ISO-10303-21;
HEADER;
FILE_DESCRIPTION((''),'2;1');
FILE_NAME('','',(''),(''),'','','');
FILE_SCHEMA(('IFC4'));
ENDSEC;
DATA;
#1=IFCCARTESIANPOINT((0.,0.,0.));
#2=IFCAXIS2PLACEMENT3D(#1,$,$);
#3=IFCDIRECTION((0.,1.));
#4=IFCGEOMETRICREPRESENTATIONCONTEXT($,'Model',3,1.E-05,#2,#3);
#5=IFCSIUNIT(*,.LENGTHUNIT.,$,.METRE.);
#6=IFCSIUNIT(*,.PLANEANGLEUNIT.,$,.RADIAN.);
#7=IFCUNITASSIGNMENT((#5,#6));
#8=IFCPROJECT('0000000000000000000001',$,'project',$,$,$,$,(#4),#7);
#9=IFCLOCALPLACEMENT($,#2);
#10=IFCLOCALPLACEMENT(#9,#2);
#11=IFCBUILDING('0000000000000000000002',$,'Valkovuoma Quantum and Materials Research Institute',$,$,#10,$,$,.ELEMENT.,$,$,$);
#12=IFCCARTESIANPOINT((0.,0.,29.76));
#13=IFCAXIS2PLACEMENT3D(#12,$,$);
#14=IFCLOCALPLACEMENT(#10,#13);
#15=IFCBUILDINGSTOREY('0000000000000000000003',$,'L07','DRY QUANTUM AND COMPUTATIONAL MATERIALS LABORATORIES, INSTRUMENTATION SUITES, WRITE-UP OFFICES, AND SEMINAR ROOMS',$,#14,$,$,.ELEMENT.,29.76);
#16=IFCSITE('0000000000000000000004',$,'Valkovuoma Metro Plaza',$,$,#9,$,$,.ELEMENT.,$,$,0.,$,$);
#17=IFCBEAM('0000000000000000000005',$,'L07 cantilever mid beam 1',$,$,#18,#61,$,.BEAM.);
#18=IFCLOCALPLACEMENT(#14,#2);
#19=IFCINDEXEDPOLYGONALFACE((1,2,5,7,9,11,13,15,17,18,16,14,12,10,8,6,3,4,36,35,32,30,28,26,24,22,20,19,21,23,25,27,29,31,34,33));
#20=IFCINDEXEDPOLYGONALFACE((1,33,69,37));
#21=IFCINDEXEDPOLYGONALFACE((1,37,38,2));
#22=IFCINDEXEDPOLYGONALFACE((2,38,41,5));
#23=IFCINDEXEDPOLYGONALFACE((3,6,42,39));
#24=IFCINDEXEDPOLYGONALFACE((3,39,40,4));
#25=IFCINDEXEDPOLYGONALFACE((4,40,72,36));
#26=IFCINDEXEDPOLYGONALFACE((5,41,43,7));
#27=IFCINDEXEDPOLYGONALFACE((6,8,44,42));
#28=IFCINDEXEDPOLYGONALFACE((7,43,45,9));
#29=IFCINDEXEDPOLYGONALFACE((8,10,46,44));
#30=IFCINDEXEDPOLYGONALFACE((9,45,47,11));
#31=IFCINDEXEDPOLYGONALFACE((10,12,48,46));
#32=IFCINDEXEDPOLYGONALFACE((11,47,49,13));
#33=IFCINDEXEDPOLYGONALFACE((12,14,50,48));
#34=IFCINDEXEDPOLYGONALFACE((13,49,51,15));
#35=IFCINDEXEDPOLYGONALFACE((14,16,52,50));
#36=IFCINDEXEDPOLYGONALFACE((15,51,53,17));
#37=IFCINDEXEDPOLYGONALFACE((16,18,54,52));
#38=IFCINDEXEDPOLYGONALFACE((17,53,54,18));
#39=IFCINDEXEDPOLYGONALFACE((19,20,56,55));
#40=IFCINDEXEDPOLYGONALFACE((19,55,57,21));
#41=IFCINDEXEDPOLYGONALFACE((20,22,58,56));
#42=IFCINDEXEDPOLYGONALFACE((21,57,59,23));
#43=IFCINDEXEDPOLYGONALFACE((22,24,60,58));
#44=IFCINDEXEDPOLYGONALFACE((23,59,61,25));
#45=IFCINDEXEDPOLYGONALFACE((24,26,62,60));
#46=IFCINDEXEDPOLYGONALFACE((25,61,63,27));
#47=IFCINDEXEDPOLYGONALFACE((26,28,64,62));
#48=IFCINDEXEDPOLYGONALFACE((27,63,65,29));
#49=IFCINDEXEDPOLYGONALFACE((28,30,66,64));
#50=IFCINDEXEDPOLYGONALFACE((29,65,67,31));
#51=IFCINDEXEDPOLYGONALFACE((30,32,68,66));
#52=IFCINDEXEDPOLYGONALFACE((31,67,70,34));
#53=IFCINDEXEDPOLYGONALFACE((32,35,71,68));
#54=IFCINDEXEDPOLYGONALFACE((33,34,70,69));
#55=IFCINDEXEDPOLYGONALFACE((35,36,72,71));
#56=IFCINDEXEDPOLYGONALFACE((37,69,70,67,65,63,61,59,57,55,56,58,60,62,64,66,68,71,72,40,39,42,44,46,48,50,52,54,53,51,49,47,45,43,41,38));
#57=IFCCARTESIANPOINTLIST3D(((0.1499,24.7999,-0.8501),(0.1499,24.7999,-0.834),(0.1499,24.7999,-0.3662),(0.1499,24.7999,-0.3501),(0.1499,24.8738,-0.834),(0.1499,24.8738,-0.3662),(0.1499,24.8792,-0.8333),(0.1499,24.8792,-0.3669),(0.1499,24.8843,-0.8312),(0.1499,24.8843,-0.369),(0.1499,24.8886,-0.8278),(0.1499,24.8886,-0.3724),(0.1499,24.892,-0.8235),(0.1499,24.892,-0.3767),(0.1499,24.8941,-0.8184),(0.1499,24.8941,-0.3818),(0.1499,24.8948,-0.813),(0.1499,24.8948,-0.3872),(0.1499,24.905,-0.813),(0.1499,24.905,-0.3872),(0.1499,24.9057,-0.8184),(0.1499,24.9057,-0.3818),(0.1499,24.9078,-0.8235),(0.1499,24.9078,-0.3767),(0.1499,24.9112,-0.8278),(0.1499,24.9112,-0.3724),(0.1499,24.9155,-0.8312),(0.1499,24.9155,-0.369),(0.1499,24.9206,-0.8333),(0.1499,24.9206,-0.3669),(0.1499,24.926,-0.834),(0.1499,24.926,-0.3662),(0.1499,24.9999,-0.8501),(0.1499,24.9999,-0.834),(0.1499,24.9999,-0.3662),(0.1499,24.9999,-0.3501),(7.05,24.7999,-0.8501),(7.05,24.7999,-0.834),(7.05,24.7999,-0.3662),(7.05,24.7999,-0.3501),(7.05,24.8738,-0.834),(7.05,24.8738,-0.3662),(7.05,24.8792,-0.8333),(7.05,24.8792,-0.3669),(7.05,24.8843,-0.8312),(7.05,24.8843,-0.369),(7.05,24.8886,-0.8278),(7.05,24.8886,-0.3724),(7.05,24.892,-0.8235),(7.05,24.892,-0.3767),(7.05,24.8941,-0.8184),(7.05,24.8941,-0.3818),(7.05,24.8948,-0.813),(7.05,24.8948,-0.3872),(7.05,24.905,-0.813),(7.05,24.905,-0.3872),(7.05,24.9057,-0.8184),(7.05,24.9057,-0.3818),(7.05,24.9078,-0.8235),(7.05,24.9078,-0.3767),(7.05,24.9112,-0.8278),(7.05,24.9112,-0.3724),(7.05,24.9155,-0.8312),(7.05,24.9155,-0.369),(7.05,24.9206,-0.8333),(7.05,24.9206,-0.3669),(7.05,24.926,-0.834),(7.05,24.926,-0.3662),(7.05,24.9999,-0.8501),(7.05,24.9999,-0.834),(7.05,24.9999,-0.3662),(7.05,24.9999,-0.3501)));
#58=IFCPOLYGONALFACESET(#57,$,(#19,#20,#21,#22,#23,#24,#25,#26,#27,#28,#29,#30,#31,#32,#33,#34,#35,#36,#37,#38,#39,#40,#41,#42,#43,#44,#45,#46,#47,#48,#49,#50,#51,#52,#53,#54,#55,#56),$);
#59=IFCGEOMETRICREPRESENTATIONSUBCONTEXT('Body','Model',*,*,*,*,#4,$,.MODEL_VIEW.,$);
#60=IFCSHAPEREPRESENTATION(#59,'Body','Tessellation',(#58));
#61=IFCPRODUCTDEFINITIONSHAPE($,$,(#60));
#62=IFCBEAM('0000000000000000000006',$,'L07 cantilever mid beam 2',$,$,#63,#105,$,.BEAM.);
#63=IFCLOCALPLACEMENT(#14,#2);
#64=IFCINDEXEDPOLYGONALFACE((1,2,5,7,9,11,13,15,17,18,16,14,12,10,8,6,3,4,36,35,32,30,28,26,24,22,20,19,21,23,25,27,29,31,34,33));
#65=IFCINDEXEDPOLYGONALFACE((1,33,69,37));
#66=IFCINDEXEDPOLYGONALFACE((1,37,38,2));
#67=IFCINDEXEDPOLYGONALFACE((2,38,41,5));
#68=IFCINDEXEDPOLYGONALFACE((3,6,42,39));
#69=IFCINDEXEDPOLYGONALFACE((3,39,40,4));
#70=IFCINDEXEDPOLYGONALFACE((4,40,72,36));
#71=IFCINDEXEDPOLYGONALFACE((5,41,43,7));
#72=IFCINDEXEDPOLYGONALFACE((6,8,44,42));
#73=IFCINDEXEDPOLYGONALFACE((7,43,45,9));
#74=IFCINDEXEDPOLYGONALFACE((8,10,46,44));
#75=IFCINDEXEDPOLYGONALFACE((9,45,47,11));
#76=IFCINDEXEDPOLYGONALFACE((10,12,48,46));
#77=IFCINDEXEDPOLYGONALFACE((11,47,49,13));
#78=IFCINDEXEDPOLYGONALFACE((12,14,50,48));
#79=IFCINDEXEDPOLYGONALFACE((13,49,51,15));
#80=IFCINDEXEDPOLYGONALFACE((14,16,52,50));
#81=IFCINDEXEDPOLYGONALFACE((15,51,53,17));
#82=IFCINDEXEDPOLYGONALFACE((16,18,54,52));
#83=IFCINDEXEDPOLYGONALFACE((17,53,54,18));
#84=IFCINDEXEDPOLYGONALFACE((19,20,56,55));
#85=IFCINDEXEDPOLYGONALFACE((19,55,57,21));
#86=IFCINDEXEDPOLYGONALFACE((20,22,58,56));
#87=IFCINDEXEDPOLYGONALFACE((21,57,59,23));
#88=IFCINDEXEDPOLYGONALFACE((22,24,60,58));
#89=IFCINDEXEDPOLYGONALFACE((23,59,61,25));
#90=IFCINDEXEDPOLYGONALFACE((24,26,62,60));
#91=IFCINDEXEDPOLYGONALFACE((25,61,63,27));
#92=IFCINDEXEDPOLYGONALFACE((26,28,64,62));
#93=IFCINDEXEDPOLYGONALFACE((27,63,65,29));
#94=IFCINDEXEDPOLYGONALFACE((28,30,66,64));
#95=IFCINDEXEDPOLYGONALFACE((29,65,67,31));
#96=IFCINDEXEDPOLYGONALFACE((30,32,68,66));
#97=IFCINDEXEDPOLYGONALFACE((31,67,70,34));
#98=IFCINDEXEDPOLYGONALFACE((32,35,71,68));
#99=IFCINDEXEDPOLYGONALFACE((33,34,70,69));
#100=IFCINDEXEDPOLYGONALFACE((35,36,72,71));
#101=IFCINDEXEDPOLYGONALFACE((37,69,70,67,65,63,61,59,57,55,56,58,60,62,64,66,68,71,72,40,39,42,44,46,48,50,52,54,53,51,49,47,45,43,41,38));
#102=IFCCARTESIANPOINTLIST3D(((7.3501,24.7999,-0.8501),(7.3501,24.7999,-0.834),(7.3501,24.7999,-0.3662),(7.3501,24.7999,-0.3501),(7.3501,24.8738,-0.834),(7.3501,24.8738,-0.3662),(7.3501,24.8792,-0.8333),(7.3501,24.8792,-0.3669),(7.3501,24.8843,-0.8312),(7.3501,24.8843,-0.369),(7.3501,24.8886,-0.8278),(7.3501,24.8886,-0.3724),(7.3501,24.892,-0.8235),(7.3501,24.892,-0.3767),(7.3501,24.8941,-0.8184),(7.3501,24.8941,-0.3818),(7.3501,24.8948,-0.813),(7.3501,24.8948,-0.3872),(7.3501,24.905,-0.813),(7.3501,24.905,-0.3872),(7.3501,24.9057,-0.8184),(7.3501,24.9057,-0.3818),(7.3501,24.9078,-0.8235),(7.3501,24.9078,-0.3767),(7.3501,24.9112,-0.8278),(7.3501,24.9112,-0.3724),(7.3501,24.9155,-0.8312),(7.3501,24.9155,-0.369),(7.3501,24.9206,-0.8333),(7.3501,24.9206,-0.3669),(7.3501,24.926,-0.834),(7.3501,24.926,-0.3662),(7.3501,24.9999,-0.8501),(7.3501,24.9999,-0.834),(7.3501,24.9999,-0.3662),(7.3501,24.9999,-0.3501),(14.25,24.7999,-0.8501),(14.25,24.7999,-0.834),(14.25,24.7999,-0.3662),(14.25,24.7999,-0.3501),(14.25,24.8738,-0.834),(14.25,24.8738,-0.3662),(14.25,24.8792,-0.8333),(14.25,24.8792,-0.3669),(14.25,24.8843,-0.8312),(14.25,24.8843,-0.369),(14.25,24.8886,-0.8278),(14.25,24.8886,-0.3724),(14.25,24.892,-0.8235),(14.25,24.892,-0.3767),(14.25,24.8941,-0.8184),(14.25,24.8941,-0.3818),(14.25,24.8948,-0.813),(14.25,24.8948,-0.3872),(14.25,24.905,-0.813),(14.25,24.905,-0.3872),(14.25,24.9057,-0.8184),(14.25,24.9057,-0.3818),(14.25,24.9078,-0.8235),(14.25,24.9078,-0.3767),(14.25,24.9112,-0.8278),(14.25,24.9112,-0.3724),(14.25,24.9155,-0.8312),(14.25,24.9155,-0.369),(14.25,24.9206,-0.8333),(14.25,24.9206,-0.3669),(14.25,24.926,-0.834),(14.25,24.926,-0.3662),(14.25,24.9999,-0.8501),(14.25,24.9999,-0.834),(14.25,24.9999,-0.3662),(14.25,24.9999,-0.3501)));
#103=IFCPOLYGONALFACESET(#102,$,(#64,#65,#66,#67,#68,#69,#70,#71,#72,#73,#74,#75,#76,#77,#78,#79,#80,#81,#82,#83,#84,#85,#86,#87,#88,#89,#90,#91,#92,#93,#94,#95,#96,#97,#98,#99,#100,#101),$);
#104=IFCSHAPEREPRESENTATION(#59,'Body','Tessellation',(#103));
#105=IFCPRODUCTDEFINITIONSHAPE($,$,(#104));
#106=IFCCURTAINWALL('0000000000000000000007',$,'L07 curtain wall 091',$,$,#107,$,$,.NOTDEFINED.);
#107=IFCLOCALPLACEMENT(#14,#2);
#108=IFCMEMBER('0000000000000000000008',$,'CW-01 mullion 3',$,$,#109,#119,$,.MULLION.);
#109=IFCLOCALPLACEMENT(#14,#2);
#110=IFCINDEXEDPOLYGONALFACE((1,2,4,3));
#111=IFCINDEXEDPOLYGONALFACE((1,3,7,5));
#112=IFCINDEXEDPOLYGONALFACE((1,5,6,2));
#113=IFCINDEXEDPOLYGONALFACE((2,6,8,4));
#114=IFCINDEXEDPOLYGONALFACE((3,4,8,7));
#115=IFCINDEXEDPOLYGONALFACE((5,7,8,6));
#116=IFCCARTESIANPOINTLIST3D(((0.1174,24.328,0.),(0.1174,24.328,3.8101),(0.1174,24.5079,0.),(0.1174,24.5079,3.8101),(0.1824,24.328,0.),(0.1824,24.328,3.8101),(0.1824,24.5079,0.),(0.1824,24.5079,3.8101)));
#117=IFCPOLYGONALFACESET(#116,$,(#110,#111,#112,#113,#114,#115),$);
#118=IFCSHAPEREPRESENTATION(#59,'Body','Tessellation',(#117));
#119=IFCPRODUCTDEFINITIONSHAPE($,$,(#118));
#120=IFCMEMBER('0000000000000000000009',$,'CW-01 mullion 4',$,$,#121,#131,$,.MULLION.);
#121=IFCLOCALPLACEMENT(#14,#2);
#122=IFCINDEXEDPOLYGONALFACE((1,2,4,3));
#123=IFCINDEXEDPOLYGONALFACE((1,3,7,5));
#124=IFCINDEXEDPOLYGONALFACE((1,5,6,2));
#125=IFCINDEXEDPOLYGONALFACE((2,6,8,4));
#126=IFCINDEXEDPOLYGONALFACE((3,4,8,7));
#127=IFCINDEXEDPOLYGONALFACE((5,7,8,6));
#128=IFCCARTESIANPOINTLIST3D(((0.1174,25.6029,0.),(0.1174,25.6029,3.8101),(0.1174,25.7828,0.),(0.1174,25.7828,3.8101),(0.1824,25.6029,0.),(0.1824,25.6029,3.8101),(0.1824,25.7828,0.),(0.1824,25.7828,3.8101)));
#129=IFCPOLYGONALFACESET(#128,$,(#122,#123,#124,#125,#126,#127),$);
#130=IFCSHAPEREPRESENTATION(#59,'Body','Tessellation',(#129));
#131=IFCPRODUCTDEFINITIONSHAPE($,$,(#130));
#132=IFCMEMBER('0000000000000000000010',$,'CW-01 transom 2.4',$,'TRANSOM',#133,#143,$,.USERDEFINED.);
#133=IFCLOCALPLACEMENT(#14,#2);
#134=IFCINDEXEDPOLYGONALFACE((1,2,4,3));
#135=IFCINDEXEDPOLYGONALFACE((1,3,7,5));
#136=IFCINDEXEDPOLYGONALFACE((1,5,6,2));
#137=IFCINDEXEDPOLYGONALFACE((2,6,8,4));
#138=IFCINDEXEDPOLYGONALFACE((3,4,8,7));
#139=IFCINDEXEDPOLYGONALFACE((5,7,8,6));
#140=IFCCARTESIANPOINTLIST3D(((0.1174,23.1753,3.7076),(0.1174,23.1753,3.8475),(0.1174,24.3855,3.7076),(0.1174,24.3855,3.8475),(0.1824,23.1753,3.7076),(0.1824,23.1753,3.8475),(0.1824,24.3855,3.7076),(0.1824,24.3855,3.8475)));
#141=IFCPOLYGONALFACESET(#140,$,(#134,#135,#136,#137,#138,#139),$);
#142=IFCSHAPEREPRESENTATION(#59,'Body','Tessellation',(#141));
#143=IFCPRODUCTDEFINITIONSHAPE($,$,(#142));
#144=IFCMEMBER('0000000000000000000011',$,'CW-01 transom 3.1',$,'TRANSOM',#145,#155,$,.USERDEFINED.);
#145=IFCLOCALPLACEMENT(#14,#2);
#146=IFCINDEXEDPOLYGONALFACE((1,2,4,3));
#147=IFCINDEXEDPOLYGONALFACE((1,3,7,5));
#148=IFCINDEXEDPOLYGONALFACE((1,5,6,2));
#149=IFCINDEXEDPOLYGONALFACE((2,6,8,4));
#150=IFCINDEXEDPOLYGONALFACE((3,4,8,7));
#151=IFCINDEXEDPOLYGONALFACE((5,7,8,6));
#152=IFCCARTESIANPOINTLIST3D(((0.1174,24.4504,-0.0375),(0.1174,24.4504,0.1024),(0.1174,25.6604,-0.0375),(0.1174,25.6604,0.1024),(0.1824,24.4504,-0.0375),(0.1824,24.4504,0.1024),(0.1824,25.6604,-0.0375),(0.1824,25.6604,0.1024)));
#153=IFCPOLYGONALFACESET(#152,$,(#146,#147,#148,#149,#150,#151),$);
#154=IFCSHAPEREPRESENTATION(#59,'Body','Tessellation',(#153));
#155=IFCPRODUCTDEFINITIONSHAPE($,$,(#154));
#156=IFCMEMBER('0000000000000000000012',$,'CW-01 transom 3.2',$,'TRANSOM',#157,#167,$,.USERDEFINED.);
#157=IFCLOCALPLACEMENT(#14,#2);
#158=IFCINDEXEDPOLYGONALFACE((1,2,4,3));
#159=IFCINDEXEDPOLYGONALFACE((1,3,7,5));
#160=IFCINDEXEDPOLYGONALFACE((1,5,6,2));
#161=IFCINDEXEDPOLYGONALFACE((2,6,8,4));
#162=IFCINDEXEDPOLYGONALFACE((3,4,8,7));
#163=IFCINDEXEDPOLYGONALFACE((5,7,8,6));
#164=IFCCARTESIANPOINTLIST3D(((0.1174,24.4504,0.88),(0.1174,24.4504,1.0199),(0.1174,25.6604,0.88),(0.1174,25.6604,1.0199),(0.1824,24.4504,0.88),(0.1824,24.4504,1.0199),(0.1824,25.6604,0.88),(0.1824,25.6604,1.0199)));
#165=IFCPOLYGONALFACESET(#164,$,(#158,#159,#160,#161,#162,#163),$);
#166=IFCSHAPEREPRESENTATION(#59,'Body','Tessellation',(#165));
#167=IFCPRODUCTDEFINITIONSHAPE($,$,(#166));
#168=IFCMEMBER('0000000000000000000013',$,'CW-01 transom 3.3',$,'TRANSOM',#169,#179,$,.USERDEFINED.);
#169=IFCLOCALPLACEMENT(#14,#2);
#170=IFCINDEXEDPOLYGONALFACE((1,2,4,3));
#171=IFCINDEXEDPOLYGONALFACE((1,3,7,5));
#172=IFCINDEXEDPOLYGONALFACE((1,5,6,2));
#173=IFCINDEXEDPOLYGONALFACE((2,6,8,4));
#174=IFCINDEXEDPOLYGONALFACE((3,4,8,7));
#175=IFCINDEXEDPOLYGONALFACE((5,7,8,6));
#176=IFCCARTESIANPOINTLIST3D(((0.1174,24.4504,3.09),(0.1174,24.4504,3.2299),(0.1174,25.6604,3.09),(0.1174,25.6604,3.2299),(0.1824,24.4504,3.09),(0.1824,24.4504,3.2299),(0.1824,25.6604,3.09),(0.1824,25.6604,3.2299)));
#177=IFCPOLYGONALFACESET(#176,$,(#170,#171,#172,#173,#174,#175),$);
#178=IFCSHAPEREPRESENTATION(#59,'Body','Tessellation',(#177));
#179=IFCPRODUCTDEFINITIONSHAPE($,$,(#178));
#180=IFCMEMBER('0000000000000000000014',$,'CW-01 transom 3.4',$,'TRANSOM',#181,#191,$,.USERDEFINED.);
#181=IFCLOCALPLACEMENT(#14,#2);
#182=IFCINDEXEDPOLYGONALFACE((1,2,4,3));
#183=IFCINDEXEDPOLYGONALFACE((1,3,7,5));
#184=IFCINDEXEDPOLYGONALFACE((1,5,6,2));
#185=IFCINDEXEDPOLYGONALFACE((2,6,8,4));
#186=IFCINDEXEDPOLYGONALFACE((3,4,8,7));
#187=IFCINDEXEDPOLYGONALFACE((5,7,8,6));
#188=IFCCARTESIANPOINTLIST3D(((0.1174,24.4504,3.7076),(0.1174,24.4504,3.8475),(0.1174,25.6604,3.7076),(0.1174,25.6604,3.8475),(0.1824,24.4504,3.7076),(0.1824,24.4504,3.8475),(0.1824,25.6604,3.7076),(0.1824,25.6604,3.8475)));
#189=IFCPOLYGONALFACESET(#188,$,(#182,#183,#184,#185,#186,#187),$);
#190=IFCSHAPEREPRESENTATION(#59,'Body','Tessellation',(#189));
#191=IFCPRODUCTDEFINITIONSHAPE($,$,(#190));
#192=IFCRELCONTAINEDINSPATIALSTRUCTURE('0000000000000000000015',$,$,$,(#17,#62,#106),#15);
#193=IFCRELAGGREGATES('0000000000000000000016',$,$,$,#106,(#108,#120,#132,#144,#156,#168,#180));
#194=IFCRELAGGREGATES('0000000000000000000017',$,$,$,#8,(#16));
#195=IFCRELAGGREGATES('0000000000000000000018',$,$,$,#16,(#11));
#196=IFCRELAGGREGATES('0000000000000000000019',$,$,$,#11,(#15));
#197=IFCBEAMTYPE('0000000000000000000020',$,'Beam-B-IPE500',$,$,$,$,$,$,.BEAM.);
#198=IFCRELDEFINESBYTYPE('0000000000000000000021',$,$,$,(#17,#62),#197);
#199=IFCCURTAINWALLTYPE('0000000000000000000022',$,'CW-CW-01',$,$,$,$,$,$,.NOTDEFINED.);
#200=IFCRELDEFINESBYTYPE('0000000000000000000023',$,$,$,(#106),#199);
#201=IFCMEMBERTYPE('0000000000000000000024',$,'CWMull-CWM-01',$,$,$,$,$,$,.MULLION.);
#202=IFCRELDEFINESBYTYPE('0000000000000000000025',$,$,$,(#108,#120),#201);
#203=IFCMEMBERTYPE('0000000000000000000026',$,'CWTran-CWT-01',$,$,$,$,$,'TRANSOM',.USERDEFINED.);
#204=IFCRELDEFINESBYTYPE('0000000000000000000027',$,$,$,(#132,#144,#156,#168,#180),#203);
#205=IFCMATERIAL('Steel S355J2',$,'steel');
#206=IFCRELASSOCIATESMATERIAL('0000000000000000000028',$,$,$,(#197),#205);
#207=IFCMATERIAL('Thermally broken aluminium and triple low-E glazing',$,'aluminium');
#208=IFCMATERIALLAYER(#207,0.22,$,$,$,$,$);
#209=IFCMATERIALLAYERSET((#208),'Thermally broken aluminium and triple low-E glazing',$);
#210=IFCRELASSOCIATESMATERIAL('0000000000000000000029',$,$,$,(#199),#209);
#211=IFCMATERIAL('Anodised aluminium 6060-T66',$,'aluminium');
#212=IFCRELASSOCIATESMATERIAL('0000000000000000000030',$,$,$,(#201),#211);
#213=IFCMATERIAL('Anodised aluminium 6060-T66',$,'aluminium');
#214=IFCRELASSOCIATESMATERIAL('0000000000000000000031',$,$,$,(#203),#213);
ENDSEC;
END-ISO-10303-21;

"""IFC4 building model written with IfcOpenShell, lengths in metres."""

from ifc_helpers import new_model, si_unit, direction, frame, origin, origin_2d, place, context, subcontext, project, spatial, rectangle, i_section, extrude, material, layer, layer_set, material_profile, profile_set, type_object, element, aggregate, save


model = new_model("IFC4")

# Units and contexts
model_context = context("Model", 3, precision=1e-05, world=origin(), true_north=direction((0.0, 1.0)))
body_context = subcontext(model_context, "Body", "Model", "MODEL_VIEW")
ifc_project = project(units=[si_unit("LENGTHUNIT", "METRE"), si_unit("PLANEANGLEUNIT", "RADIAN")], contexts=[model_context])

# Site, building, storey
site_placement = place(None, origin())
site = spatial("IfcSite", under=ifc_project, at=site_placement, Name="Valkovuoma Metro Plaza", CompositionType="ELEMENT", RefElevation=0.0)
building_placement = place(site_placement, origin())
building = spatial("IfcBuilding", under=site, at=building_placement, Name="Valkovuoma Quantum and Materials Research Institute", CompositionType="ELEMENT")
storey_placement = place(building_placement, frame((0.0, 0.0, 29.76)))
storey = spatial("IfcBuildingStorey", under=building, at=storey_placement, Name="L07", Description="DRY QUANTUM AND COMPUTATIONAL MATERIALS LABORATORIES, INSTRUMENTATION SUITES, WRITE-UP OFFICES, AND SEMINAR ROOMS", CompositionType="ELEMENT", Elevation=29.76)

# Beams
ifc_material_1 = material(Name="Steel S355J2", Category="steel")
ifc_material_profile_1 = material_profile(ifc_material_1, i_section(OverallWidth=0.2, OverallDepth=0.5, WebThickness=0.0103, FlangeThickness=0.0161, FilletRadius=0.021, at=origin_2d()), Name="Steel S355J2")
ifc_profile_set_1 = profile_set([ifc_material_profile_1], Name="Steel S355J2")
beam_type = type_object("IfcBeamType", Name="Beam-B-IPE500", PredefinedType="BEAM", material=ifc_profile_set_1)
beam_1_placement = place(storey_placement, frame((0.1499, 24.8999, -0.6001), z_axis=(1.0, 0.0, 0.0), x_axis=(0.0, 1.0, 0.0)))
element("IfcBeam", 1, at=beam_1_placement, inside=storey, type_object=beam_type, Name="L07 cantilever mid beam 1", PredefinedType="BEAM", context=body_context, shape_type="SweptSolid", body=[
    extrude(i_section(OverallWidth=0.2, OverallDepth=0.5, WebThickness=0.0103, FlangeThickness=0.0161, FilletRadius=0.021, at=origin_2d()), origin(), (0.0, 0.0, 1.0), 6.9001),
])
beam_2_placement = place(storey_placement, frame((7.3501, 24.8999, -0.6001), z_axis=(1.0, 0.0, 0.0), x_axis=(0.0, 1.0, 0.0)))
element("IfcBeam", 2, at=beam_2_placement, inside=storey, type_object=beam_type, Name="L07 cantilever mid beam 2", PredefinedType="BEAM", context=body_context, shape_type="SweptSolid", body=[
    extrude(i_section(OverallWidth=0.2, OverallDepth=0.5, WebThickness=0.0103, FlangeThickness=0.0161, FilletRadius=0.021, at=origin_2d()), origin(), (0.0, 0.0, 1.0), 6.8999),
])

# Curtain wall, members
ifc_material_2 = material(Name="Thermally broken aluminium and triple low-E glazing", Category="aluminium")
ifc_layer_1 = layer(ifc_material_2, 0.22)
ifc_layer_set_1 = layer_set([ifc_layer_1], Name="Thermally broken aluminium and triple low-E glazing")
curtain_wall_type = type_object("IfcCurtainWallType", Name="CW-CW-01", PredefinedType="NOTDEFINED", material=ifc_layer_set_1)
curtain_wall_placement = place(storey_placement, origin())
curtain_wall = element("IfcCurtainWall", 3, at=curtain_wall_placement, inside=storey, type_object=curtain_wall_type, Name="L07 curtain wall 091", PredefinedType="NOTDEFINED")
ifc_material_3 = material(Name="Anodised aluminium 6060-T66", Category="aluminium")
ifc_material_profile_2 = material_profile(ifc_material_3, rectangle(XDim=0.0649, YDim=0.1799, at=origin_2d()), Name="Anodised aluminium 6060-T66")
ifc_profile_set_2 = profile_set([ifc_material_profile_2], Name="Anodised aluminium 6060-T66")
member_type_1 = type_object("IfcMemberType", Name="CWMull-CWM-01", PredefinedType="MULLION", material=ifc_profile_set_2)
member_1_placement = place(storey_placement, frame((0.1499, 24.418, 0.0), z_axis=(0.0, 0.0, 1.0), x_axis=(-1.0, 0.0, 0.0)))
member_1 = element("IfcMember", 4, at=member_1_placement, type_object=member_type_1, Name="CW-01 mullion 3", PredefinedType="MULLION", context=body_context, shape_type="SweptSolid", body=[
    extrude(rectangle(XDim=0.0649, YDim=0.1799, at=origin_2d()), origin(), (0.0, 0.0, 1.0), 3.8101),
])
member_2_placement = place(storey_placement, frame((0.1499, 25.6929, 0.0), z_axis=(0.0, 0.0, 1.0), x_axis=(-1.0, 0.0, 0.0)))
member_2 = element("IfcMember", 5, at=member_2_placement, type_object=member_type_1, Name="CW-01 mullion 4", PredefinedType="MULLION", context=body_context, shape_type="SweptSolid", body=[
    extrude(rectangle(XDim=0.0649, YDim=0.1799, at=origin_2d()), origin(), (0.0, 0.0, 1.0), 3.8101),
])
ifc_material_4 = material(Name="Anodised aluminium 6060-T66", Category="aluminium")
ifc_material_profile_3 = material_profile(ifc_material_4, rectangle(XDim=0.0649, YDim=0.1399, at=origin_2d()), Name="Anodised aluminium 6060-T66")
ifc_profile_set_3 = profile_set([ifc_material_profile_3], Name="Anodised aluminium 6060-T66")
member_type_2 = type_object("IfcMemberType", Name="CWTran-CWT-01", ElementType="TRANSOM", PredefinedType="USERDEFINED", material=ifc_profile_set_3)
member_3_placement = place(storey_placement, frame((0.1499, 23.1753, 3.7776), z_axis=(0.0, 1.0, 0.0), x_axis=(-1.0, 0.0, 0.0)))
member_3 = element("IfcMember", 6, at=member_3_placement, type_object=member_type_2, Name="CW-01 transom 2.4", ObjectType="TRANSOM", PredefinedType="USERDEFINED", context=body_context, shape_type="SweptSolid", body=[
    extrude(rectangle(XDim=0.0649, YDim=0.1399, at=origin_2d()), origin(), (0.0, 0.0, 1.0), 1.2102),
])
member_4_placement = place(storey_placement, frame((0.1499, 24.4504, 0.0325), z_axis=(0.0, 1.0, 0.0), x_axis=(-1.0, 0.0, 0.0)))
member_4 = element("IfcMember", 7, at=member_4_placement, type_object=member_type_2, Name="CW-01 transom 3.1", ObjectType="TRANSOM", PredefinedType="USERDEFINED", context=body_context, shape_type="SweptSolid", body=[
    extrude(rectangle(XDim=0.0649, YDim=0.1399, at=origin_2d()), origin(), (0.0, 0.0, 1.0), 1.21),
])
member_5_placement = place(storey_placement, frame((0.1499, 24.4504, 0.95), z_axis=(0.0, 1.0, 0.0), x_axis=(-1.0, 0.0, 0.0)))
member_5 = element("IfcMember", 8, at=member_5_placement, type_object=member_type_2, Name="CW-01 transom 3.2", ObjectType="TRANSOM", PredefinedType="USERDEFINED", context=body_context, shape_type="SweptSolid", body=[
    extrude(rectangle(XDim=0.0649, YDim=0.1399, at=origin_2d()), origin(), (0.0, 0.0, 1.0), 1.21),
])
member_6_placement = place(storey_placement, frame((0.1499, 24.4504, 3.1599), z_axis=(0.0, 1.0, 0.0), x_axis=(-1.0, 0.0, 0.0)))
member_6 = element("IfcMember", 9, at=member_6_placement, type_object=member_type_2, Name="CW-01 transom 3.3", ObjectType="TRANSOM", PredefinedType="USERDEFINED", context=body_context, shape_type="SweptSolid", body=[
    extrude(rectangle(XDim=0.0649, YDim=0.1399, at=origin_2d()), origin(), (0.0, 0.0, 1.0), 1.21),
])
member_7_placement = place(storey_placement, frame((0.1499, 24.4504, 3.7776), z_axis=(0.0, 1.0, 0.0), x_axis=(-1.0, 0.0, 0.0)))
member_7 = element("IfcMember", 10, at=member_7_placement, type_object=member_type_2, Name="CW-01 transom 3.4", ObjectType="TRANSOM", PredefinedType="USERDEFINED", context=body_context, shape_type="SweptSolid", body=[
    extrude(rectangle(XDim=0.0649, YDim=0.1399, at=origin_2d()), origin(), (0.0, 0.0, 1.0), 1.21),
])
aggregate(curtain_wall, [member_1, member_2, member_3, member_4, member_5, member_6, member_7])

save(model, "model.ifc")
